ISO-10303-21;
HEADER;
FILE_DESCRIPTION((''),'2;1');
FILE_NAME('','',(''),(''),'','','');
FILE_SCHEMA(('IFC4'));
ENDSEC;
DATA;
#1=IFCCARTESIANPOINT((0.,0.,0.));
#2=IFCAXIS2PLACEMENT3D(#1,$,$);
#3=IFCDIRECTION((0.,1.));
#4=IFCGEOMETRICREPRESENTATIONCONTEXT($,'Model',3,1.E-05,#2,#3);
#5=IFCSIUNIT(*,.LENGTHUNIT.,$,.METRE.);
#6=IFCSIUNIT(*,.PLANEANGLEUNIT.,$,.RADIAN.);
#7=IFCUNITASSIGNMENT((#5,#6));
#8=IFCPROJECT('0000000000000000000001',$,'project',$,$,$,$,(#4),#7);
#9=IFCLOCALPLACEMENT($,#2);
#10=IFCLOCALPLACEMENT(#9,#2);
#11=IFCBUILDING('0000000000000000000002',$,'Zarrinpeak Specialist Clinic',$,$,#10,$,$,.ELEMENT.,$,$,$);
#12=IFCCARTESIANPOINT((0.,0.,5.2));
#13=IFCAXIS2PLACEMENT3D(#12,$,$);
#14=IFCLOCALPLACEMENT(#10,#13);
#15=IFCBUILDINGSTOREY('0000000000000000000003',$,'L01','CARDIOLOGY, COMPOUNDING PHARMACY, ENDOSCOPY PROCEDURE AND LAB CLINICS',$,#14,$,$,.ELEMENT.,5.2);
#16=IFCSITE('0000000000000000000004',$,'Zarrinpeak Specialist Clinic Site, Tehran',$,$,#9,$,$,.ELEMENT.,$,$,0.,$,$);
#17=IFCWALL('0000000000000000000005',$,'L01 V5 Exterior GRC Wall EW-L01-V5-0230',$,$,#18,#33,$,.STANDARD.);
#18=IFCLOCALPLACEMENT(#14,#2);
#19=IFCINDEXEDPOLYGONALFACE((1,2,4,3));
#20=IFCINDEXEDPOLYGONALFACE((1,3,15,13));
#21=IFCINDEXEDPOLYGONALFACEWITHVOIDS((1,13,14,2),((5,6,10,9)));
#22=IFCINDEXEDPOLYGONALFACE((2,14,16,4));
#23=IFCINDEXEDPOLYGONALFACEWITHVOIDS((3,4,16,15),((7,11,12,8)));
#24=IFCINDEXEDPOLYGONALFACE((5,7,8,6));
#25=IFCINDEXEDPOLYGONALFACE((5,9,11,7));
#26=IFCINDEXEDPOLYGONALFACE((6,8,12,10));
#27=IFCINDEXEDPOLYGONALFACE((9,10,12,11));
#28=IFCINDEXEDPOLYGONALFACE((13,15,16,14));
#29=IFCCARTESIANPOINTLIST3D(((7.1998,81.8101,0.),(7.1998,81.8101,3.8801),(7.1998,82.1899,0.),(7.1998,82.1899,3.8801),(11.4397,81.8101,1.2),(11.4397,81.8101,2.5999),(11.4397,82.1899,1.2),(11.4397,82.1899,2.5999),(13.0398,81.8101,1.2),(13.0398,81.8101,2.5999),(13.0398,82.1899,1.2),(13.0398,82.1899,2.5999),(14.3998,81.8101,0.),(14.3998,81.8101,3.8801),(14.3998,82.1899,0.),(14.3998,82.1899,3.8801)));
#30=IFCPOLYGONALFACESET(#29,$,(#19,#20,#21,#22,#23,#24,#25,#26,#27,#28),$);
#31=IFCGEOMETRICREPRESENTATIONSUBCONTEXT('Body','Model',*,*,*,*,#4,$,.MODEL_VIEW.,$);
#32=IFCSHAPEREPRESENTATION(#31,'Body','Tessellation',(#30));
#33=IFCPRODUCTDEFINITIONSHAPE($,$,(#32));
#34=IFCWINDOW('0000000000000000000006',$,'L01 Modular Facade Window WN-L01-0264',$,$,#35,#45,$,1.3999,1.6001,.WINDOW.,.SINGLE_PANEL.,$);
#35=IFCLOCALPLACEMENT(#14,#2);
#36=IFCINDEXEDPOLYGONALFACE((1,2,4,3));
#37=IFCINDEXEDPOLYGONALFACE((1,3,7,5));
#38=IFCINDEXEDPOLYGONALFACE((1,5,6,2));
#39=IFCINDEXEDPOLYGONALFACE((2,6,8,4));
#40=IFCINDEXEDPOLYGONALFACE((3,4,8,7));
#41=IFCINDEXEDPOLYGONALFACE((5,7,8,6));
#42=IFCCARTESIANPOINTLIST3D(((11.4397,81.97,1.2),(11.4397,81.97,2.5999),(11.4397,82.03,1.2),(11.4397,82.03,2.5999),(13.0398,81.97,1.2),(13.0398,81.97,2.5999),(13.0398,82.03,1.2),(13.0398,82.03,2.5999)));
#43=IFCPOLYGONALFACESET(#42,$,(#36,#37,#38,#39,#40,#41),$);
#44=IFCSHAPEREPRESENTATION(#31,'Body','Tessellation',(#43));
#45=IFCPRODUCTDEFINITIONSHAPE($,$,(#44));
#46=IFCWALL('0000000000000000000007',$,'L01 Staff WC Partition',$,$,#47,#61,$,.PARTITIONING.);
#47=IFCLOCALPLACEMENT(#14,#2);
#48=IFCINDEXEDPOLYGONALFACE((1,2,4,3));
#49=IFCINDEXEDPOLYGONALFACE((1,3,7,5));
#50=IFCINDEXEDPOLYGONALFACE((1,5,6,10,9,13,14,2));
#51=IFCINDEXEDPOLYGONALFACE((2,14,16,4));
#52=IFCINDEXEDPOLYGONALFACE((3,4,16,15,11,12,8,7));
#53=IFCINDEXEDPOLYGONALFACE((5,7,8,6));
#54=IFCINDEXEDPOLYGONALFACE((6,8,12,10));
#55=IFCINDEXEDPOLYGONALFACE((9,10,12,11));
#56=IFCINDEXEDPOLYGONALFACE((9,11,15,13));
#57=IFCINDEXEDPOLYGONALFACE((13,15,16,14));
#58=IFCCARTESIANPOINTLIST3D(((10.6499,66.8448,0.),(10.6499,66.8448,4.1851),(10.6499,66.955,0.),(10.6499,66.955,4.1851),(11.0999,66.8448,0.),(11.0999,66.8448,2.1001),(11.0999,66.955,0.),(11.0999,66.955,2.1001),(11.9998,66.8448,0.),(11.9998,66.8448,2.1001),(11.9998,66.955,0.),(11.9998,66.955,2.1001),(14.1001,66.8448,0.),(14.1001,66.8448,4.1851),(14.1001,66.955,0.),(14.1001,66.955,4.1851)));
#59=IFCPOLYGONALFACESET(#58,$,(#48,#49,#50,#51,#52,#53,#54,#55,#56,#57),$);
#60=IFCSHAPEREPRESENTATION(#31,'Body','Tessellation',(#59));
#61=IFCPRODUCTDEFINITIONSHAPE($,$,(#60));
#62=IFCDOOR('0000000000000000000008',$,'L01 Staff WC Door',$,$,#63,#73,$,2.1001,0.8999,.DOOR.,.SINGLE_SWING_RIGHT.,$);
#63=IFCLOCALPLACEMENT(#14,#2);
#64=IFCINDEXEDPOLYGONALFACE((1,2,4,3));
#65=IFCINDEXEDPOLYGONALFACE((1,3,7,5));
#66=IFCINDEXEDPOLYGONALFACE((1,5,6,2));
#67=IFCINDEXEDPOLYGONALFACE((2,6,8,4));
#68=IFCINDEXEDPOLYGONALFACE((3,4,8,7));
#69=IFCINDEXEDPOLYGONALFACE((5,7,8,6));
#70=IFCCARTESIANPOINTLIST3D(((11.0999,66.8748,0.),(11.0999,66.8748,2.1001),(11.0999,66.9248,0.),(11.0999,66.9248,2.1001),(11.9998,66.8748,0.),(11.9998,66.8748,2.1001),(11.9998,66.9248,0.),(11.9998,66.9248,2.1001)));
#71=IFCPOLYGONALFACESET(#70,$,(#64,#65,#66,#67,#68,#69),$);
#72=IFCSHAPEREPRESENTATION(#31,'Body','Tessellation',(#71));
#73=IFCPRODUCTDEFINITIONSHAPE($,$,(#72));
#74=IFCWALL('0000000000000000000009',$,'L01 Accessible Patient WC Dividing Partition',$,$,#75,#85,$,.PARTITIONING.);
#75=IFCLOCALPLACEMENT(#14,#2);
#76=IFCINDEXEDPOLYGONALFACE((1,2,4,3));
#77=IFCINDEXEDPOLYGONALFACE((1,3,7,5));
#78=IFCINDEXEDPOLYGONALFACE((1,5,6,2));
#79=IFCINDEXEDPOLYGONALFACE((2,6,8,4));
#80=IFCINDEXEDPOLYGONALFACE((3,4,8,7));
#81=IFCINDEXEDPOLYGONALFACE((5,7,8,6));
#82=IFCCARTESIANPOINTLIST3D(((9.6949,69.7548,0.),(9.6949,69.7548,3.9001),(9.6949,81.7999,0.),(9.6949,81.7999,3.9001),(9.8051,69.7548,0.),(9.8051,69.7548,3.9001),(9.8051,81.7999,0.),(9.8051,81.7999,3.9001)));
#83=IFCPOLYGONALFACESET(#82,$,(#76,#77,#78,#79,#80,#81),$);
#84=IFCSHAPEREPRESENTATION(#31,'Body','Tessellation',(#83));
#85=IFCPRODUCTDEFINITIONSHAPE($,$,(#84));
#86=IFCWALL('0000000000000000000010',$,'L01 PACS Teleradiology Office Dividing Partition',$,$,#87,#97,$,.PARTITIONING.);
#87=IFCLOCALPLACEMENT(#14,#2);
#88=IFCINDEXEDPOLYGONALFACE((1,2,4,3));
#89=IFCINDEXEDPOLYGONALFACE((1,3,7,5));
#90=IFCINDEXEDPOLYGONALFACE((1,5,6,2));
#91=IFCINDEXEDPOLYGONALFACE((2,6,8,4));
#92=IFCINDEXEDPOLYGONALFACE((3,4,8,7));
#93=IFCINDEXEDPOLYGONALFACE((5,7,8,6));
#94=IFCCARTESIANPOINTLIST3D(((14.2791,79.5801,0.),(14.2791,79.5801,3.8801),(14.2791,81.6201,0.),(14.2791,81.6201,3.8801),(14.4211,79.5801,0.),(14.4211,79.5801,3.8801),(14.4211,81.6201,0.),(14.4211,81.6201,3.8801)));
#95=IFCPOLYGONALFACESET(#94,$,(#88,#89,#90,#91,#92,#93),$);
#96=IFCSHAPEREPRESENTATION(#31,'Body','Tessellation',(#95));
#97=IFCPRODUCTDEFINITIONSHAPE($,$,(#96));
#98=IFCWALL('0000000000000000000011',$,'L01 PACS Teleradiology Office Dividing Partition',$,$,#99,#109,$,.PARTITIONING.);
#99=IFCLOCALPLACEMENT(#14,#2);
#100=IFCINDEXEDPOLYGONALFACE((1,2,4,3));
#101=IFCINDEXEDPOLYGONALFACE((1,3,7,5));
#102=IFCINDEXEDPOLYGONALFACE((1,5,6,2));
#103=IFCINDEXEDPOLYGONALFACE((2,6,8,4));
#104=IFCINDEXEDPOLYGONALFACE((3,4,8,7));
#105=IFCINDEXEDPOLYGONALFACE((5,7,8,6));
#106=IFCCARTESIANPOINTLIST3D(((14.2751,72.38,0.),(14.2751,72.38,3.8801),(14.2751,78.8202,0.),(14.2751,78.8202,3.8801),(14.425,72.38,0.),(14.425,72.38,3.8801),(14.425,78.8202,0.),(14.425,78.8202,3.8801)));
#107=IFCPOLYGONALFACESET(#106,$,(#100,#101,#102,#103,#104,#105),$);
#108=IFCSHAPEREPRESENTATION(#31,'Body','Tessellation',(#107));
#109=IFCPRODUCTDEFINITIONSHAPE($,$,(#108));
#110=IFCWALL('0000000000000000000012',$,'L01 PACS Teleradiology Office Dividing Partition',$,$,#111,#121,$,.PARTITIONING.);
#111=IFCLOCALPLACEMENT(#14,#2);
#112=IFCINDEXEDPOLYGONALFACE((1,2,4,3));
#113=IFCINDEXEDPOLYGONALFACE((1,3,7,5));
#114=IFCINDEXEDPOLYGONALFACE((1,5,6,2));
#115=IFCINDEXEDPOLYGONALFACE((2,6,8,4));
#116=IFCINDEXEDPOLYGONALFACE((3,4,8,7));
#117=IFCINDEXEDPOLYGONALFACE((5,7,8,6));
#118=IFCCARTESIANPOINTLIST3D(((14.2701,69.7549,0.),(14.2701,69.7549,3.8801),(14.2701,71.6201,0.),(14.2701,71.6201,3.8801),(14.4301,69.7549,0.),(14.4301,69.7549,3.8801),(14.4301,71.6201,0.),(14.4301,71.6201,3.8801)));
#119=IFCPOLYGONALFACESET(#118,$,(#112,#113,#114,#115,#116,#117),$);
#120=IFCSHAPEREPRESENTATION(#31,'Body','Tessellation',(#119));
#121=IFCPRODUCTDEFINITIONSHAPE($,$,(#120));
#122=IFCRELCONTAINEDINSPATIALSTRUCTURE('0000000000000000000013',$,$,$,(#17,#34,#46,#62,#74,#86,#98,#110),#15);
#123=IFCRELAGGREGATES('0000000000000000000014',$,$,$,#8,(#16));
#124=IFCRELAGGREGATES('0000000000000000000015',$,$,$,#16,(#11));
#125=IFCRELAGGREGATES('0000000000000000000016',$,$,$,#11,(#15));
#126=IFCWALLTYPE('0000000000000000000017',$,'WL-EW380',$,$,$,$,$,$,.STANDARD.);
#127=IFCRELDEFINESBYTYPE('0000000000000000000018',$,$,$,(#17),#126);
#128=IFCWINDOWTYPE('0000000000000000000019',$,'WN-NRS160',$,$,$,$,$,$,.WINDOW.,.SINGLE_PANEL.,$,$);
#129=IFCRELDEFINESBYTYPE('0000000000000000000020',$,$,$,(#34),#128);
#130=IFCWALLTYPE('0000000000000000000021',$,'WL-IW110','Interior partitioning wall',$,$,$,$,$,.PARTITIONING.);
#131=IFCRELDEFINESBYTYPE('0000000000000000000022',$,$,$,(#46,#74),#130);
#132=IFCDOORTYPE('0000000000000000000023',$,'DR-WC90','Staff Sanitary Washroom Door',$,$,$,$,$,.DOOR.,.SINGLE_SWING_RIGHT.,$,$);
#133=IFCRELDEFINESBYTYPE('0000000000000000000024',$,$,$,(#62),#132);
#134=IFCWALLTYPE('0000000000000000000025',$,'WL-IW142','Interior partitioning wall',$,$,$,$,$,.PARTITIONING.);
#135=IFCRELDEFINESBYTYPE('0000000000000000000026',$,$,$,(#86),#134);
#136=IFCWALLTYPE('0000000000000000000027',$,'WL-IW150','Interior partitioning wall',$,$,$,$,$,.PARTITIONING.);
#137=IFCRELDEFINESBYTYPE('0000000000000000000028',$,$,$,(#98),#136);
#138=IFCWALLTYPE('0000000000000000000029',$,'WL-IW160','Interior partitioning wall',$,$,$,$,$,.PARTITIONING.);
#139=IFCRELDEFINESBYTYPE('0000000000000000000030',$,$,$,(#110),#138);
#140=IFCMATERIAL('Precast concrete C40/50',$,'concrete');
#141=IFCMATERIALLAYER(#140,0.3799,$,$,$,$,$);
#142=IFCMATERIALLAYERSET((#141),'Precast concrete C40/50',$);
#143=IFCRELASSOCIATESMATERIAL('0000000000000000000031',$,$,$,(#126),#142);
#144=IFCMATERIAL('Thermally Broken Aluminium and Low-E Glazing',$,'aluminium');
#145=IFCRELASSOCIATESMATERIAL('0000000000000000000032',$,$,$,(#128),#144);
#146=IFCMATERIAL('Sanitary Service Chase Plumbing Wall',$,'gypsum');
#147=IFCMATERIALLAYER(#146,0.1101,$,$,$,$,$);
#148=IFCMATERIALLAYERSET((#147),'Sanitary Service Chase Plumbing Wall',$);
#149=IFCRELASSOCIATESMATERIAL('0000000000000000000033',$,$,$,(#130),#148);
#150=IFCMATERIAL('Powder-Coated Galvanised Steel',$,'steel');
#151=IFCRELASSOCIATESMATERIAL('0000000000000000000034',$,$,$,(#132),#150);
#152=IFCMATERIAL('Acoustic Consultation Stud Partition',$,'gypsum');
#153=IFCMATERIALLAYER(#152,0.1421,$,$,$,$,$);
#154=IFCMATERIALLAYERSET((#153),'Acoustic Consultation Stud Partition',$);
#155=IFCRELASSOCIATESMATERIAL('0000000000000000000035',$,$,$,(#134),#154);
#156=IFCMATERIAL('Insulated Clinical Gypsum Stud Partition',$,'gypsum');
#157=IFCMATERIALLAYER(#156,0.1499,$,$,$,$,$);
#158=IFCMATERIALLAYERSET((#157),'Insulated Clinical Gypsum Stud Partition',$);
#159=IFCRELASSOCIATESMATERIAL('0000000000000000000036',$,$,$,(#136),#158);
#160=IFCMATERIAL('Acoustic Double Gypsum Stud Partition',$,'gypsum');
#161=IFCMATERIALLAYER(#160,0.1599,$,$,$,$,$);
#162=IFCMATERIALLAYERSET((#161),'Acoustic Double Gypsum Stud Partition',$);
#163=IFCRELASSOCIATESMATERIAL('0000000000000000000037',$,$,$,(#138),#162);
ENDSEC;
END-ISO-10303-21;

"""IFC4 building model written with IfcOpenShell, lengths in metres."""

from ifc_helpers import new_model, si_unit, direction, frame, frame_2d, origin, place, context, subcontext, project, spatial, rectangle, extrude, material, layer, layer_set, type_object, element, fill, save


model = new_model("IFC4")

# Units and contexts
model_context = context("Model", 3, precision=1e-05, world=origin(), true_north=direction((0.0, 1.0)))
body_context = subcontext(model_context, "Body", "Model", "MODEL_VIEW")
ifc_project = project(units=[si_unit("LENGTHUNIT", "METRE"), si_unit("PLANEANGLEUNIT", "RADIAN")], contexts=[model_context])

# Site, building, storey
site_placement = place(None, origin())
site = spatial("IfcSite", under=ifc_project, at=site_placement, Name="Zarrinpeak Specialist Clinic Site, Tehran", CompositionType="ELEMENT", RefElevation=0.0)
building_placement = place(site_placement, origin())
building = spatial("IfcBuilding", under=site, at=building_placement, Name="Zarrinpeak Specialist Clinic", CompositionType="ELEMENT")
storey_placement = place(building_placement, frame((0.0, 0.0, 5.2)))
storey = spatial("IfcBuildingStorey", under=building, at=storey_placement, Name="L01", Description="CARDIOLOGY, COMPOUNDING PHARMACY, ENDOSCOPY PROCEDURE AND LAB CLINICS", CompositionType="ELEMENT", Elevation=5.2)

# Wall, opening, window
ifc_material_1 = material(Name="Precast concrete C40/50", Category="concrete")
ifc_layer_1 = layer(ifc_material_1, 0.3799)
ifc_layer_set_1 = layer_set([ifc_layer_1], Name="Precast concrete C40/50")
wall_type_1 = type_object("IfcWallType", Name="WL-EW380", PredefinedType="STANDARD", material=ifc_layer_set_1)
wall_1_placement = place(storey_placement, frame((14.3999, 82.0, 0.0), z_axis=(0.0, 0.0, 1.0), x_axis=(-1.0, 0.0, 0.0)))
wall_1 = element("IfcWall", 1, at=wall_1_placement, inside=storey, type_object=wall_type_1, Name="L01 V5 Exterior GRC Wall EW-L01-V5-0230", PredefinedType="STANDARD", context=body_context, shape_type="SweptSolid", body=[
    extrude(rectangle(XDim=7.2, YDim=0.3799, at=frame_2d((3.6001, 0.0))), origin(), (0.0, 0.0, 1.0), 3.8801),
])
opening_1_placement = place(wall_1_placement, frame((1.3601, 0.0, 1.2)))
opening_1 = element("IfcOpeningElement", 2, at=opening_1_placement, cuts=wall_1, PredefinedType="OPENING", context=body_context, shape_type="SweptSolid", body=[
    extrude(rectangle(XDim=1.6001, YDim=1.3999, at=frame_2d((0.8, 0.7))), frame((0.0, 0.2, 0.0), z_axis=(0.0, -1.0, 0.0), x_axis=(1.0, 0.0, 0.0)), (0.0, 0.0, 1.0), 0.3999),
])
ifc_material_2 = material(Name="Thermally Broken Aluminium and Low-E Glazing", Category="aluminium")
window_type = type_object("IfcWindowType", Name="WN-NRS160", PartitioningType="SINGLE_PANEL", PredefinedType="WINDOW", material=ifc_material_2)
window_placement = place(opening_1_placement, origin())
window = element("IfcWindow", 3, at=window_placement, inside=storey, type_object=window_type, Name="L01 Modular Facade Window WN-L01-0264", OverallHeight=1.3999, OverallWidth=1.6001, PartitioningType="SINGLE_PANEL", PredefinedType="WINDOW", context=body_context, shape_type="SweptSolid", body=[
    extrude(rectangle(XDim=1.6001, YDim=1.3999, at=frame_2d((0.8, 0.7))), frame((0.0, 0.03, 0.0), z_axis=(0.0, -1.0, 0.0), x_axis=(1.0, 0.0, 0.0)), (0.0, 0.0, 1.0), 0.0601),
])
fill(opening_1, window)

# Wall, opening, door
ifc_material_3 = material(Name="Sanitary Service Chase Plumbing Wall", Category="gypsum")
ifc_layer_2 = layer(ifc_material_3, 0.1101)
ifc_layer_set_2 = layer_set([ifc_layer_2], Name="Sanitary Service Chase Plumbing Wall")
wall_type_2 = type_object("IfcWallType", Name="WL-IW110", Description="Interior partitioning wall", PredefinedType="PARTITIONING", material=ifc_layer_set_2)
wall_2_placement = place(storey_placement, frame((10.6499, 66.8999, 0.0), z_axis=(0.0, 0.0, 1.0), x_axis=(1.0, 0.0, 0.0)))
wall_2 = element("IfcWall", 4, at=wall_2_placement, inside=storey, type_object=wall_type_2, Name="L01 Staff WC Partition", PredefinedType="PARTITIONING", context=body_context, shape_type="SweptSolid", body=[
    extrude(rectangle(XDim=3.4502, YDim=0.1101, at=frame_2d((1.7251, 0.0))), origin(), (0.0, 0.0, 1.0), 4.1851),
])
opening_2_placement = place(wall_2_placement, frame((0.45, 0.0, 0.0)))
opening_2 = element("IfcOpeningElement", 5, at=opening_2_placement, cuts=wall_2, PredefinedType="OPENING", context=body_context, shape_type="SweptSolid", body=[
    extrude(rectangle(XDim=0.8999, YDim=2.1001, at=frame_2d((0.45, 1.05))), frame((0.0, 0.0649, 0.0), z_axis=(0.0, -1.0, 0.0), x_axis=(1.0, 0.0, 0.0)), (0.0, 0.0, 1.0), 0.1301),
])
ifc_material_4 = material(Name="Powder-Coated Galvanised Steel", Category="steel")
door_type = type_object("IfcDoorType", Name="DR-WC90", Description="Staff Sanitary Washroom Door", OperationType="SINGLE_SWING_RIGHT", PredefinedType="DOOR", material=ifc_material_4)
door_placement = place(opening_2_placement, origin())
door = element("IfcDoor", 6, at=door_placement, inside=storey, type_object=door_type, Name="L01 Staff WC Door", OperationType="SINGLE_SWING_RIGHT", OverallHeight=2.1001, OverallWidth=0.8999, PredefinedType="DOOR", context=body_context, shape_type="SweptSolid", body=[
    extrude(rectangle(XDim=0.8999, YDim=2.1001, at=frame_2d((0.45, 1.05))), frame((0.0, 0.0249, 0.0), z_axis=(0.0, -1.0, 0.0), x_axis=(1.0, 0.0, 0.0)), (0.0, 0.0, 1.0), 0.05),
])
fill(opening_2, door)

# Walls
wall_3_placement = place(storey_placement, frame((9.75, 69.7549, 0.0), z_axis=(0.0, 0.0, 1.0), x_axis=(0.0, 1.0, 0.0)))
element("IfcWall", 7, at=wall_3_placement, inside=storey, type_object=wall_type_2, Name="L01 Accessible Patient WC Dividing Partition", PredefinedType="PARTITIONING", context=body_context, shape_type="SweptSolid", body=[
    extrude(rectangle(XDim=12.0452, YDim=0.1101, at=frame_2d((6.0225, 0.0))), origin(), (0.0, 0.0, 1.0), 3.9001),
])
ifc_material_5 = material(Name="Acoustic Consultation Stud Partition", Category="gypsum")
ifc_layer_3 = layer(ifc_material_5, 0.1421)
ifc_layer_set_3 = layer_set([ifc_layer_3], Name="Acoustic Consultation Stud Partition")
wall_type_3 = type_object("IfcWallType", Name="WL-IW142", Description="Interior partitioning wall", PredefinedType="PARTITIONING", material=ifc_layer_set_3)
wall_4_placement = place(storey_placement, frame((14.3501, 79.5801, 0.0), z_axis=(0.0, 0.0, 1.0), x_axis=(0.0, 1.0, 0.0)))
element("IfcWall", 8, at=wall_4_placement, inside=storey, type_object=wall_type_3, Name="L01 PACS Teleradiology Office Dividing Partition", PredefinedType="PARTITIONING", context=body_context, shape_type="SweptSolid", body=[
    extrude(rectangle(XDim=2.04, YDim=0.1421, at=frame_2d((1.02, 0.0))), origin(), (0.0, 0.0, 1.0), 3.8801),
])
ifc_material_6 = material(Name="Insulated Clinical Gypsum Stud Partition", Category="gypsum")
ifc_layer_4 = layer(ifc_material_6, 0.1499)
ifc_layer_set_4 = layer_set([ifc_layer_4], Name="Insulated Clinical Gypsum Stud Partition")
wall_type_4 = type_object("IfcWallType", Name="WL-IW150", Description="Interior partitioning wall", PredefinedType="PARTITIONING", material=ifc_layer_set_4)
wall_5_placement = place(storey_placement, frame((14.3501, 72.3799, 0.0), z_axis=(0.0, 0.0, 1.0), x_axis=(0.0, 1.0, 0.0)))
element("IfcWall", 9, at=wall_5_placement, inside=storey, type_object=wall_type_4, Name="L01 PACS Teleradiology Office Dividing Partition", PredefinedType="PARTITIONING", context=body_context, shape_type="SweptSolid", body=[
    extrude(rectangle(XDim=6.4402, YDim=0.1499, at=frame_2d((3.2202, 0.0))), origin(), (0.0, 0.0, 1.0), 3.8801),
])
ifc_material_7 = material(Name="Acoustic Double Gypsum Stud Partition", Category="gypsum")
ifc_layer_5 = layer(ifc_material_7, 0.1599)
ifc_layer_set_5 = layer_set([ifc_layer_5], Name="Acoustic Double Gypsum Stud Partition")
wall_type_5 = type_object("IfcWallType", Name="WL-IW160", Description="Interior partitioning wall", PredefinedType="PARTITIONING", material=ifc_layer_set_5)
wall_6_placement = place(storey_placement, frame((14.3501, 69.7549, 0.0), z_axis=(0.0, 0.0, 1.0), x_axis=(0.0, 1.0, 0.0)))
element("IfcWall", 10, at=wall_6_placement, inside=storey, type_object=wall_type_5, Name="L01 PACS Teleradiology Office Dividing Partition", PredefinedType="PARTITIONING", context=body_context, shape_type="SweptSolid", body=[
    extrude(rectangle(XDim=1.8652, YDim=0.1599, at=frame_2d((0.9326, 0.0))), origin(), (0.0, 0.0, 1.0), 3.8801),
])

save(model, "model.ifc")
